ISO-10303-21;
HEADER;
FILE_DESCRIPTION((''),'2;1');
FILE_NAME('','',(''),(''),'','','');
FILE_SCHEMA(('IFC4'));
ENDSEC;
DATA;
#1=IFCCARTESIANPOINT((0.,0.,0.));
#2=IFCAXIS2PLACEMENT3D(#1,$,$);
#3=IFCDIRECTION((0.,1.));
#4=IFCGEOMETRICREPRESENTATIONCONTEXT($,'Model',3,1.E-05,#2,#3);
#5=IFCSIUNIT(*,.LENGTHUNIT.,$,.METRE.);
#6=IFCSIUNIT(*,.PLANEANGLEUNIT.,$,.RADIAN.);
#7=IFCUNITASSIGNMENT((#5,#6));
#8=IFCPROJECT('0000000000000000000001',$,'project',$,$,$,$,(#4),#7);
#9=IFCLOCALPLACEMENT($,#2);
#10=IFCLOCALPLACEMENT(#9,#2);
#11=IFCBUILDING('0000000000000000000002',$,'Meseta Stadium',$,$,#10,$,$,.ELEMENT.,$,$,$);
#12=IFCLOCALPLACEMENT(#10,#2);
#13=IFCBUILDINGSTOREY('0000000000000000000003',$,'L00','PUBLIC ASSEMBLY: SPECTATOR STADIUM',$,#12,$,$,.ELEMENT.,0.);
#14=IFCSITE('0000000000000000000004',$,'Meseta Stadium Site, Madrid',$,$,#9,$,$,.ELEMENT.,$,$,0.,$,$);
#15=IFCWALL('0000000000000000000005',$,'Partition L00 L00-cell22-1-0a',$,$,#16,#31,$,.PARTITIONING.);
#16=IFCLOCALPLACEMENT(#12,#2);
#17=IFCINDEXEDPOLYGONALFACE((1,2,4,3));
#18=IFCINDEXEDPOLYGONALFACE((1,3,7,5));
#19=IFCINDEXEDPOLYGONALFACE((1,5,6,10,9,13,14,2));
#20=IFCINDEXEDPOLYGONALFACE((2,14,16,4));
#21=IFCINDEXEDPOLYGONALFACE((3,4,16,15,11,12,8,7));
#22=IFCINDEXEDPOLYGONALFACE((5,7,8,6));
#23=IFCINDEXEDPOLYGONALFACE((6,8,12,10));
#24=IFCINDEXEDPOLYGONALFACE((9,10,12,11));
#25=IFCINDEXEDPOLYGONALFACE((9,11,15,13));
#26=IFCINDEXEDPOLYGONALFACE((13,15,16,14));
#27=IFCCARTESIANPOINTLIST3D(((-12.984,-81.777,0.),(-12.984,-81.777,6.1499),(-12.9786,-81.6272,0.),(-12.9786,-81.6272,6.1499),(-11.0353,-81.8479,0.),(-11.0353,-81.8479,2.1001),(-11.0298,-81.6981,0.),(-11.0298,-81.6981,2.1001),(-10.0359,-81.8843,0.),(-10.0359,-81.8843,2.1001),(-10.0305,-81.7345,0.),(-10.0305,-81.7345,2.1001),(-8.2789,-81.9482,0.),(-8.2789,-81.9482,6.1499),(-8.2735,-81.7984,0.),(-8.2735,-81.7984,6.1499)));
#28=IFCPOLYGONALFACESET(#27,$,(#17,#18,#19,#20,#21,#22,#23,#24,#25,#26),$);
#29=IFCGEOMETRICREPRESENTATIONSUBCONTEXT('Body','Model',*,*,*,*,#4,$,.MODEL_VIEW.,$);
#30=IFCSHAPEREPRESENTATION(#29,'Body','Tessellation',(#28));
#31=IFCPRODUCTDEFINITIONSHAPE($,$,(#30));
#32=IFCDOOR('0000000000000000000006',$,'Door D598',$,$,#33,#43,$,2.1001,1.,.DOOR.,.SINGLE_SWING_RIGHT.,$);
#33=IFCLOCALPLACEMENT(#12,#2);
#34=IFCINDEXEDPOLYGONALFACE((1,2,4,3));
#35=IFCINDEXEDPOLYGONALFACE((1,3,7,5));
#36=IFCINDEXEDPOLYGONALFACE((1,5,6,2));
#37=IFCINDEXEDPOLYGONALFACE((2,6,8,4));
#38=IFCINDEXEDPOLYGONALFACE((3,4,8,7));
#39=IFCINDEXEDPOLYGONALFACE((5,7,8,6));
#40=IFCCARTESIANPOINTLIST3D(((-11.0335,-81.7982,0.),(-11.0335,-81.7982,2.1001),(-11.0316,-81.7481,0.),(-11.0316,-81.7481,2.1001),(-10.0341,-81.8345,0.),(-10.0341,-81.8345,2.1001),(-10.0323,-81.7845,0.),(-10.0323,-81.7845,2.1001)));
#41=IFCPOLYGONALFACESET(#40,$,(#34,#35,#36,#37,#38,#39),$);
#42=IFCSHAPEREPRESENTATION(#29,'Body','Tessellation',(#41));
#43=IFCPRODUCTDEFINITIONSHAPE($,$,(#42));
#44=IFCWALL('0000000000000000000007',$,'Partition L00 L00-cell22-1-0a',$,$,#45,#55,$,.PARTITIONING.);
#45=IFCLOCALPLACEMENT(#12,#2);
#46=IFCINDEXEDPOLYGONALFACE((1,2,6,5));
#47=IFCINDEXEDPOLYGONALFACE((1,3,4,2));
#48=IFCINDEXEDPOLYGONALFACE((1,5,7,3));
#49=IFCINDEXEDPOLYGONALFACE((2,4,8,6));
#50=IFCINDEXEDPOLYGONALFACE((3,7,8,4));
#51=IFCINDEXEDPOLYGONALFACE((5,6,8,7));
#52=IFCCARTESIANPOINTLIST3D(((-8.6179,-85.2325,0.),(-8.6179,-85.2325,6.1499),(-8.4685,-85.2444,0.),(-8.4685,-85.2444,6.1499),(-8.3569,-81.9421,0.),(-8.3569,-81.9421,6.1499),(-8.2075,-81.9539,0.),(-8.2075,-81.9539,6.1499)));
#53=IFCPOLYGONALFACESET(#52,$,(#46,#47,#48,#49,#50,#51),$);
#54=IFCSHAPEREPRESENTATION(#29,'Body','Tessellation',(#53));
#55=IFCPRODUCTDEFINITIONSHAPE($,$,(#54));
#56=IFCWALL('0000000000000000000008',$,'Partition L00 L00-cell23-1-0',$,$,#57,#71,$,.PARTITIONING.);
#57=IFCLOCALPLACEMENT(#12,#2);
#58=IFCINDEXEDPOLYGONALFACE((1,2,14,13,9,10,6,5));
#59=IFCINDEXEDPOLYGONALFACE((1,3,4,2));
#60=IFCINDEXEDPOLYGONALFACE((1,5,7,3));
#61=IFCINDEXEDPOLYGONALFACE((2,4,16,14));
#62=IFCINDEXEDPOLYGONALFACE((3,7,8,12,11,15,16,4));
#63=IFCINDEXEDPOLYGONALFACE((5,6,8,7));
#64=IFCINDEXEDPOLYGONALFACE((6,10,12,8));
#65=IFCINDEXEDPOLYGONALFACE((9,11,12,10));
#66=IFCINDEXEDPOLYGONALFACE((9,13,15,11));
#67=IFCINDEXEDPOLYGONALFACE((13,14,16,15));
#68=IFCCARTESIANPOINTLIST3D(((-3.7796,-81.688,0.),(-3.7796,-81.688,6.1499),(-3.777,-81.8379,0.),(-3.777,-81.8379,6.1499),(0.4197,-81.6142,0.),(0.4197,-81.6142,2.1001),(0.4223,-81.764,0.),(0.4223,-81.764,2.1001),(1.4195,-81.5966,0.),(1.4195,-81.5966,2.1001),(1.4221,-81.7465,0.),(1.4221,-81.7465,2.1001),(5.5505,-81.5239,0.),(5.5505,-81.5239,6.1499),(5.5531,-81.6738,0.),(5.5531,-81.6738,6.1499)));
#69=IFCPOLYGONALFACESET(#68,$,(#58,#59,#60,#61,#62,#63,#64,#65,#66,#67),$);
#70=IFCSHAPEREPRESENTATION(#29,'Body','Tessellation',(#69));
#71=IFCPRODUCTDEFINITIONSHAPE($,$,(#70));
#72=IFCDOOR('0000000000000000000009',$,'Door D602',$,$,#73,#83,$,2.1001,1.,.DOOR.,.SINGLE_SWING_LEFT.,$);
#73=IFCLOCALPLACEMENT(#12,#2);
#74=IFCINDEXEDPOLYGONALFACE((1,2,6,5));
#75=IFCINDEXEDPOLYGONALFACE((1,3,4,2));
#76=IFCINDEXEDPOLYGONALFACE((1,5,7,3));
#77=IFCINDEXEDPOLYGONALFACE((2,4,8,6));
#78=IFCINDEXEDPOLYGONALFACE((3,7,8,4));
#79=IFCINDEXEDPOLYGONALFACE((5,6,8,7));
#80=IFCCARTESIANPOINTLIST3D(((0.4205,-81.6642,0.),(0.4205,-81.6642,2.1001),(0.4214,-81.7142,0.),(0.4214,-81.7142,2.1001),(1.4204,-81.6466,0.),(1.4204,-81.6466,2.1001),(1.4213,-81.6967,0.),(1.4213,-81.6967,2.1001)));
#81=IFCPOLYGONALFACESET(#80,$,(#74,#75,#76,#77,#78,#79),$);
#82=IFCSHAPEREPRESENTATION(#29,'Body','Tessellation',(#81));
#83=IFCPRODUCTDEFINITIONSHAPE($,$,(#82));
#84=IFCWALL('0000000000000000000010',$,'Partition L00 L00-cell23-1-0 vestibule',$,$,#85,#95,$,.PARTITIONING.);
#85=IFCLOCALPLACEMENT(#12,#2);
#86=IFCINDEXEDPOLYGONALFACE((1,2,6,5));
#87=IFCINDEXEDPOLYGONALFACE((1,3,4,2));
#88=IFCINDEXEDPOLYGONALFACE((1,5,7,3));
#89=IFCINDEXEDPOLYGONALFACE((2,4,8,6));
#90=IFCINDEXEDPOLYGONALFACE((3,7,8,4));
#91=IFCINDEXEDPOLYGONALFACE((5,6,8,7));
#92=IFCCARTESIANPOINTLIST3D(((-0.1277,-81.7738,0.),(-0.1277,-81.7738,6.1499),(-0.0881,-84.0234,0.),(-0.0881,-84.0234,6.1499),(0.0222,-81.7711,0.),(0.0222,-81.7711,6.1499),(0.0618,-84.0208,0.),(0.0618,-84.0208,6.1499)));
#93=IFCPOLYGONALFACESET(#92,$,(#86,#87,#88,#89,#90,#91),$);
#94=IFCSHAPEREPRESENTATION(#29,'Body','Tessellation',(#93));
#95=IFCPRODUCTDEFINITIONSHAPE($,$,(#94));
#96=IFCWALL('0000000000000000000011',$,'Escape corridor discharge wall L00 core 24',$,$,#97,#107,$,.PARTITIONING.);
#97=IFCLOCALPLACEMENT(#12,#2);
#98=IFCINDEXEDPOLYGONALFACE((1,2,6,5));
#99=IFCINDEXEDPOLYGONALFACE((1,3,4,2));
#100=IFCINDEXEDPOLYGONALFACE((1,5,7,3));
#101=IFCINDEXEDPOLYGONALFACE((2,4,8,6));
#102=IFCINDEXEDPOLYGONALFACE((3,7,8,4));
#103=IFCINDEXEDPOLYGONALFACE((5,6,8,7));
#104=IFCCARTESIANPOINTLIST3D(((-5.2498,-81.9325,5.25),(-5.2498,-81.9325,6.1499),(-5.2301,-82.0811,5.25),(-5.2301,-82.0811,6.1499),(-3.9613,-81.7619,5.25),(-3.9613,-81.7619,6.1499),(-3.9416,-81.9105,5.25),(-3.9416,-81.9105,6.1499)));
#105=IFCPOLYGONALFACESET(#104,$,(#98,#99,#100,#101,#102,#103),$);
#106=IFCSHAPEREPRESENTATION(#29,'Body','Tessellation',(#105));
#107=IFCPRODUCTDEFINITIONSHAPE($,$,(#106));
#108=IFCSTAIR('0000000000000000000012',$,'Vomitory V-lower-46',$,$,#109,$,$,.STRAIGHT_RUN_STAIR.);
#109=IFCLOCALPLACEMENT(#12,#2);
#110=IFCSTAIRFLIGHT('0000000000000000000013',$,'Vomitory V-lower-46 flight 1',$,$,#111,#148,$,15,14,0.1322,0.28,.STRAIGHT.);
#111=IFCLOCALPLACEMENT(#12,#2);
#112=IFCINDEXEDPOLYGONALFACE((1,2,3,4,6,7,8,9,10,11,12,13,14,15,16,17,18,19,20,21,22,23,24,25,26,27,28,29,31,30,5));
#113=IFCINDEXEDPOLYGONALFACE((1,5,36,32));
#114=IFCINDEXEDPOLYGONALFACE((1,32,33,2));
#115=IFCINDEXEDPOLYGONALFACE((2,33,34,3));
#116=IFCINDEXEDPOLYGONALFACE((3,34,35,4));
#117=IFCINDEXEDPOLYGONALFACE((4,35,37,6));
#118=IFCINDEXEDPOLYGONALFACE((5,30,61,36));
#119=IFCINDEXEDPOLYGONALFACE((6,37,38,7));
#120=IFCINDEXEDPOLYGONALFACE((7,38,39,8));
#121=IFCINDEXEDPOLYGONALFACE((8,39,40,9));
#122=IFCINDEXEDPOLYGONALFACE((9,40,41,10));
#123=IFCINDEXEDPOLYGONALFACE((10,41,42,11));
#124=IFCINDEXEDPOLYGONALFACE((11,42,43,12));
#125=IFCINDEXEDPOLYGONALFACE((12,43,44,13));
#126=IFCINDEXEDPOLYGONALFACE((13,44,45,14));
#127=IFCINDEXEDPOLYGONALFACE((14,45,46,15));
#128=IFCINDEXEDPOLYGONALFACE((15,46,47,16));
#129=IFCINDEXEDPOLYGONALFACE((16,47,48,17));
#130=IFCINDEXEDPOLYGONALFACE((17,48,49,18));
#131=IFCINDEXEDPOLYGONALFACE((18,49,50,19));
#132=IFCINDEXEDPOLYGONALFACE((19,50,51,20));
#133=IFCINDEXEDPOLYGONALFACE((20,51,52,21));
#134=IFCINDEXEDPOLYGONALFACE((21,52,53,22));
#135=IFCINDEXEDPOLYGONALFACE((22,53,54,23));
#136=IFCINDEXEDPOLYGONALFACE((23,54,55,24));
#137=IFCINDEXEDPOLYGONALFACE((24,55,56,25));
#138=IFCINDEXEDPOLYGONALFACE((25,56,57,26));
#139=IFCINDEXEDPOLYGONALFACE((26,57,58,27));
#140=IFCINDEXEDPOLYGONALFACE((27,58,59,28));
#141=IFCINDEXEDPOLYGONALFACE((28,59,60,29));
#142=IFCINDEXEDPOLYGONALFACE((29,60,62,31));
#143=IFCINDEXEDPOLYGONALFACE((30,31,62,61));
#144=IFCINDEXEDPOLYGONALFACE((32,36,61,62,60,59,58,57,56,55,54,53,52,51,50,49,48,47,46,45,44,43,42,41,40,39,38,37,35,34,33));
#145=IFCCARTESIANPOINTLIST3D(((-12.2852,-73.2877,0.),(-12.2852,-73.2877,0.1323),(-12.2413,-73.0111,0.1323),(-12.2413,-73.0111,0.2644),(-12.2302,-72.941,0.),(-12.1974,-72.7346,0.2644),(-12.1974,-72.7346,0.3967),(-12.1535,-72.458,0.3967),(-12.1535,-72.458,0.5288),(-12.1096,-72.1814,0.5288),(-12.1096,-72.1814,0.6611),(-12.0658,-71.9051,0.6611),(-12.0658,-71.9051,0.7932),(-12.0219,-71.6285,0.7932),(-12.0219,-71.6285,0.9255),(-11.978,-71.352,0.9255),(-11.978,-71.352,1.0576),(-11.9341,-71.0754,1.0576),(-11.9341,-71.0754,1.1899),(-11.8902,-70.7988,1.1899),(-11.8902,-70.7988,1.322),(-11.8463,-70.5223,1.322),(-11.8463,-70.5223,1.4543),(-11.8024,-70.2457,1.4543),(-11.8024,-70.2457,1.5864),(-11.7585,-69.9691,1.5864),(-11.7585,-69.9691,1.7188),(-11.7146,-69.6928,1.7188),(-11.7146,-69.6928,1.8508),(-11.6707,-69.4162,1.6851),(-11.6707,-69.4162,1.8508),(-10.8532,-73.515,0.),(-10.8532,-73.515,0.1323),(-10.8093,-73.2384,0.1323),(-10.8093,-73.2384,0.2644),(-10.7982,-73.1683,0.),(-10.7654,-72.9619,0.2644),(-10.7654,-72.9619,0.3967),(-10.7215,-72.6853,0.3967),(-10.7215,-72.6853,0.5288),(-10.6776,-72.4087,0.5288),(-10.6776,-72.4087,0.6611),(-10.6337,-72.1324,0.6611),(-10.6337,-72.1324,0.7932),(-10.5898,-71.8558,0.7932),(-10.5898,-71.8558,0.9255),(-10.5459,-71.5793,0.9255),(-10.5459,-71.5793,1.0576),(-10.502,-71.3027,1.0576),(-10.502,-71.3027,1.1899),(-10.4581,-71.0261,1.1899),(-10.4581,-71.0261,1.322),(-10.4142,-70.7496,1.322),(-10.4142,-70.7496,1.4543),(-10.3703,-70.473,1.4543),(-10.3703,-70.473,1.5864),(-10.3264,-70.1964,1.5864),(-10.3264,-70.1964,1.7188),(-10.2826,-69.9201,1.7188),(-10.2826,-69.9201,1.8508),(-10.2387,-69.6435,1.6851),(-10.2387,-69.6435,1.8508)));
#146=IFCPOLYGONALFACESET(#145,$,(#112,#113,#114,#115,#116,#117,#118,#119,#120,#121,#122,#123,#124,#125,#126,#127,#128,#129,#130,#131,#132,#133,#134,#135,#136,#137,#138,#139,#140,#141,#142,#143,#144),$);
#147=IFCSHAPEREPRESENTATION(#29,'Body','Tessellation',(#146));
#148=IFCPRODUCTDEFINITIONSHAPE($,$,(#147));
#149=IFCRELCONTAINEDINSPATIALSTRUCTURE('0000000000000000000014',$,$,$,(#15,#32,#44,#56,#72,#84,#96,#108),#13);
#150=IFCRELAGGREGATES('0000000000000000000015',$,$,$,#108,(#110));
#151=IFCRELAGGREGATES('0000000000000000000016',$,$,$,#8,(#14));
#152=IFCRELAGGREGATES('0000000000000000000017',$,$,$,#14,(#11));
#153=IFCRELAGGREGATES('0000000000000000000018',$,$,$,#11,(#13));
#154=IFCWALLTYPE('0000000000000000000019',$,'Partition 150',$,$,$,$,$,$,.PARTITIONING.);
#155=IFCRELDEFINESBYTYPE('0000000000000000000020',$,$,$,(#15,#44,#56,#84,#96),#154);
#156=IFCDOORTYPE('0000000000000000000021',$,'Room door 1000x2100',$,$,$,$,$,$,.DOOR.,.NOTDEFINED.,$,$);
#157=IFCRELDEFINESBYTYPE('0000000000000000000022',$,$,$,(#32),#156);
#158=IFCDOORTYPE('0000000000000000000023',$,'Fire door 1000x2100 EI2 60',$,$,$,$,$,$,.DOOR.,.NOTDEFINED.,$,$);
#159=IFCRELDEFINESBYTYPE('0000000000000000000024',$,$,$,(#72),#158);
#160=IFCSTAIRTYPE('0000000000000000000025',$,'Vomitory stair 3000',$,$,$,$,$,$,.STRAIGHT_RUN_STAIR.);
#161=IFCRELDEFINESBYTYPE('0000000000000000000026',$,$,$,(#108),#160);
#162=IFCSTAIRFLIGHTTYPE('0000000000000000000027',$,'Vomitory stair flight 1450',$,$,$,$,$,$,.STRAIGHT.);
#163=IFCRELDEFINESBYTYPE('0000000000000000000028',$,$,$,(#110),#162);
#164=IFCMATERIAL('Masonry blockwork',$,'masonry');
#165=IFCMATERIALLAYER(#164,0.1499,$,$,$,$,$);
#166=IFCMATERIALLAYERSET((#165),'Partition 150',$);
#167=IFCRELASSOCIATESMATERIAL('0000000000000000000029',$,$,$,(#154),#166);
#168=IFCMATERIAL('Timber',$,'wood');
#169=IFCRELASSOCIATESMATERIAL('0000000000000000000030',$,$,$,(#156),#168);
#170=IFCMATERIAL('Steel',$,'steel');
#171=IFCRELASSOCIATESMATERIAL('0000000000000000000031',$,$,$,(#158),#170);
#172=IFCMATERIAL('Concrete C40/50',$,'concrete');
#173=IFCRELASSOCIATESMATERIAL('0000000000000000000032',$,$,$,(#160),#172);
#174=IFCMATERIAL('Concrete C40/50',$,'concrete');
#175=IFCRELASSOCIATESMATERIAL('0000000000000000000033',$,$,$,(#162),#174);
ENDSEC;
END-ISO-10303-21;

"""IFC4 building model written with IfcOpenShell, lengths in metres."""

from ifc_helpers import new_model, si_unit, direction, frame, frame_2d, origin, place, context, subcontext, project, spatial, polyline, rectangle, outline, extrude, material, layer, layer_set, type_object, element, fill, aggregate, save


model = new_model("IFC4")

# Units and contexts
model_context = context("Model", 3, precision=1e-05, world=origin(), true_north=direction((0.0, 1.0)))
body_context = subcontext(model_context, "Body", "Model", "MODEL_VIEW")
ifc_project = project(units=[si_unit("LENGTHUNIT", "METRE"), si_unit("PLANEANGLEUNIT", "RADIAN")], contexts=[model_context])

# Site, building, storey
site_placement = place(None, origin())
site = spatial("IfcSite", under=ifc_project, at=site_placement, Name="Meseta Stadium Site, Madrid", CompositionType="ELEMENT", RefElevation=0.0)
building_placement = place(site_placement, origin())
building = spatial("IfcBuilding", under=site, at=building_placement, Name="Meseta Stadium", CompositionType="ELEMENT")
storey_placement = place(building_placement, origin())
storey = spatial("IfcBuildingStorey", under=building, at=storey_placement, Name="L00", Description="PUBLIC ASSEMBLY: SPECTATOR STADIUM", CompositionType="ELEMENT", Elevation=0.0)

# Wall, opening, door
ifc_material_1 = material(Name="Masonry blockwork", Category="masonry")
ifc_layer_1 = layer(ifc_material_1, 0.1499)
ifc_layer_set_1 = layer_set([ifc_layer_1], Name="Partition 150")
wall_type = type_object("IfcWallType", Name="Partition 150", PredefinedType="PARTITIONING", material=ifc_layer_set_1)
wall_1_placement = place(storey_placement, frame((-12.9812, -81.7021, 0.0), z_axis=(0.0, 0.0, 1.0), x_axis=(0.999339, -0.03635, 0.0)))
wall_1 = element("IfcWall", 1, at=wall_1_placement, inside=storey, type_object=wall_type, Name="Partition L00 L00-cell22-1-0a", PredefinedType="PARTITIONING", context=body_context, shape_type="SweptSolid", body=[
    extrude(rectangle(XDim=4.7083, YDim=0.1499, at=frame_2d((2.354, 0.0))), origin(), (0.0, 0.0, 1.0), 6.1499),
])
opening_1_placement = place(wall_1_placement, frame((1.95, 0.0, 0.0)))
opening_1 = element("IfcOpeningElement", 2, at=opening_1_placement, cuts=wall_1, PredefinedType="OPENING", context=body_context, shape_type="SweptSolid", body=[
    extrude(rectangle(XDim=1.0, YDim=2.1001, at=frame_2d((0.5, 1.05))), frame((0.0, 0.085, 0.0), z_axis=(0.0, -1.0, 0.0), x_axis=(1.0, 0.0, 0.0)), (0.0, 0.0, 1.0), 0.1699),
])
ifc_material_2 = material(Name="Timber", Category="wood")
door_type_1 = type_object("IfcDoorType", Name="Room door 1000x2100", OperationType="NOTDEFINED", PredefinedType="DOOR", material=ifc_material_2)
door_1_placement = place(opening_1_placement, origin())
door_1 = element("IfcDoor", 3, at=door_1_placement, inside=storey, type_object=door_type_1, Name="Door D598", OperationType="SINGLE_SWING_RIGHT", OverallHeight=2.1001, OverallWidth=1.0, PredefinedType="DOOR", context=body_context, shape_type="SweptSolid", body=[
    extrude(rectangle(XDim=1.0, YDim=2.1001, at=frame_2d((0.5, 1.05))), frame((0.0, 0.0249, 0.0), z_axis=(0.0, -1.0, 0.0), x_axis=(1.0, 0.0, 0.0)), (0.0, 0.0, 1.0), 0.05),
])
fill(opening_1, door_1)

# Wall
wall_2_placement = place(storey_placement, frame((-8.2822, -81.948, 0.0), z_axis=(0.0, 0.0, 1.0), x_axis=(-0.079066, -0.996869, 0.0)))
element("IfcWall", 4, at=wall_2_placement, inside=storey, type_object=wall_type, Name="Partition L00 L00-cell22-1-0a", PredefinedType="PARTITIONING", context=body_context, shape_type="SweptSolid", body=[
    extrude(rectangle(XDim=3.3008, YDim=0.1499, at=frame_2d((1.6504, 0.0))), origin(), (0.0, 0.0, 1.0), 6.1499),
])

# Wall, opening, door
wall_3_placement = place(storey_placement, frame((-3.7783, -81.7629, 0.0), z_axis=(0.0, 0.0, 1.0), x_axis=(0.999845, 0.017582, 0.0)))
wall_3 = element("IfcWall", 5, at=wall_3_placement, inside=storey, type_object=wall_type, Name="Partition L00 L00-cell23-1-0", PredefinedType="PARTITIONING", context=body_context, shape_type="SweptSolid", body=[
    extrude(rectangle(XDim=9.3315, YDim=0.1499, at=frame_2d((4.6658, 0.0))), origin(), (0.0, 0.0, 1.0), 6.1499),
])
opening_2_placement = place(wall_3_placement, frame((4.2, 0.0, 0.0)))
opening_2 = element("IfcOpeningElement", 6, at=opening_2_placement, cuts=wall_3, PredefinedType="OPENING", context=body_context, shape_type="SweptSolid", body=[
    extrude(rectangle(XDim=1.0, YDim=2.1001, at=frame_2d((0.5, 1.05))), frame((0.0, 0.085, 0.0), z_axis=(0.0, -1.0, 0.0), x_axis=(1.0, 0.0, 0.0)), (0.0, 0.0, 1.0), 0.1699),
])
ifc_material_3 = material(Name="Steel", Category="steel")
door_type_2 = type_object("IfcDoorType", Name="Fire door 1000x2100 EI2 60", OperationType="NOTDEFINED", PredefinedType="DOOR", material=ifc_material_3)
door_2_placement = place(opening_2_placement, origin())
door_2 = element("IfcDoor", 7, at=door_2_placement, inside=storey, type_object=door_type_2, Name="Door D602", OperationType="SINGLE_SWING_LEFT", OverallHeight=2.1001, OverallWidth=1.0, PredefinedType="DOOR", context=body_context, shape_type="SweptSolid", body=[
    extrude(rectangle(XDim=1.0, YDim=2.1001, at=frame_2d((0.5, 1.05))), frame((0.0, 0.0249, 0.0), z_axis=(0.0, -1.0, 0.0), x_axis=(1.0, 0.0, 0.0)), (0.0, 0.0, 1.0), 0.05),
])
fill(opening_2, door_2)

# Walls
wall_4_placement = place(storey_placement, frame((-0.0527, -81.7725, 0.0), z_axis=(0.0, 0.0, 1.0), x_axis=(0.017577, -0.999846, 0.0)))
element("IfcWall", 8, at=wall_4_placement, inside=storey, type_object=wall_type, Name="Partition L00 L00-cell23-1-0 vestibule", PredefinedType="PARTITIONING", context=body_context, shape_type="SweptSolid", body=[
    extrude(rectangle(XDim=2.25, YDim=0.1499, at=frame_2d((1.125, 0.0))), origin(), (0.0, 0.0, 1.0), 6.1499),
])
wall_5_placement = place(storey_placement, frame((-5.24, -82.0068, 5.25), z_axis=(0.0, 0.0, 1.0), x_axis=(0.991344, 0.13129, 0.0)))
element("IfcWall", 9, at=wall_5_placement, inside=storey, type_object=wall_type, Name="Escape corridor discharge wall L00 core 24", PredefinedType="PARTITIONING", context=body_context, shape_type="SweptSolid", body=[
    extrude(rectangle(XDim=1.2998, YDim=0.1499, at=frame_2d((0.6499, 0.0))), origin(), (0.0, 0.0, 1.0), 0.8999),
])

# Stair, stair flight
ifc_material_4 = material(Name="Concrete C40/50", Category="concrete")
stair_type = type_object("IfcStairType", Name="Vomitory stair 3000", PredefinedType="STRAIGHT_RUN_STAIR", material=ifc_material_4)
stair_1_placement = place(storey_placement, origin())
stair_1 = element("IfcStair", 10, at=stair_1_placement, inside=storey, type_object=stair_type, Name="Vomitory V-lower-46", PredefinedType="STRAIGHT_RUN_STAIR")
ifc_material_5 = material(Name="Concrete C40/50", Category="concrete")
stair_flight_type = type_object("IfcStairFlightType", Name="Vomitory stair flight 1450", PredefinedType="STRAIGHT", material=ifc_material_5)
stair_flight_1_placement = place(storey_placement, frame((-11.5691, -73.4014, 0.0), z_axis=(0.0, 0.0, 1.0), x_axis=(0.156767, 0.987636, 0.0)))
stair_flight_1 = element("IfcStairFlight", 11, at=stair_flight_1_placement, type_object=stair_flight_type, Name="Vomitory V-lower-46 flight 1", NumberOfRisers=15, NumberOfTreads=14, PredefinedType="STRAIGHT", RiserHeight=0.1322, TreadLength=0.28, context=body_context, shape_type="SweptSolid", body=[
    extrude(outline(polyline([(0.0, 0.0), (0.0, 0.1323), (0.28, 0.1323), (0.28, 0.2644), (0.5601, 0.2644), (0.5601, 0.3967), (0.8401, 0.3967), (0.8401, 0.5288), (1.1201, 0.5288), (1.1201, 0.6611), (1.3999, 0.6611), (1.3999, 0.7932), (1.6799, 0.7932), (1.6799, 0.9255), (1.96, 0.9255), (1.96, 1.0576), (2.24, 1.0576), (2.24, 1.1899), (2.52, 1.1899), (2.52, 1.322), (2.8, 1.322), (2.8, 1.4543), (3.0801, 1.4543), (3.0801, 1.5864), (3.3601, 1.5864), (3.3601, 1.7188), (3.6399, 1.7188), (3.6399, 1.8508), (3.9199, 1.8508), (3.9199, 1.6851), (0.3511, 0.0), (0.0, 0.0)])), frame((0.0, 0.7251, 0.0), z_axis=(0.0, -1.0, 0.0), x_axis=(1.0, 0.0, 0.0)), (0.0, 0.0, 1.0), 1.45),
])
aggregate(stair_1, [stair_flight_1])

save(model, "model.ifc")
